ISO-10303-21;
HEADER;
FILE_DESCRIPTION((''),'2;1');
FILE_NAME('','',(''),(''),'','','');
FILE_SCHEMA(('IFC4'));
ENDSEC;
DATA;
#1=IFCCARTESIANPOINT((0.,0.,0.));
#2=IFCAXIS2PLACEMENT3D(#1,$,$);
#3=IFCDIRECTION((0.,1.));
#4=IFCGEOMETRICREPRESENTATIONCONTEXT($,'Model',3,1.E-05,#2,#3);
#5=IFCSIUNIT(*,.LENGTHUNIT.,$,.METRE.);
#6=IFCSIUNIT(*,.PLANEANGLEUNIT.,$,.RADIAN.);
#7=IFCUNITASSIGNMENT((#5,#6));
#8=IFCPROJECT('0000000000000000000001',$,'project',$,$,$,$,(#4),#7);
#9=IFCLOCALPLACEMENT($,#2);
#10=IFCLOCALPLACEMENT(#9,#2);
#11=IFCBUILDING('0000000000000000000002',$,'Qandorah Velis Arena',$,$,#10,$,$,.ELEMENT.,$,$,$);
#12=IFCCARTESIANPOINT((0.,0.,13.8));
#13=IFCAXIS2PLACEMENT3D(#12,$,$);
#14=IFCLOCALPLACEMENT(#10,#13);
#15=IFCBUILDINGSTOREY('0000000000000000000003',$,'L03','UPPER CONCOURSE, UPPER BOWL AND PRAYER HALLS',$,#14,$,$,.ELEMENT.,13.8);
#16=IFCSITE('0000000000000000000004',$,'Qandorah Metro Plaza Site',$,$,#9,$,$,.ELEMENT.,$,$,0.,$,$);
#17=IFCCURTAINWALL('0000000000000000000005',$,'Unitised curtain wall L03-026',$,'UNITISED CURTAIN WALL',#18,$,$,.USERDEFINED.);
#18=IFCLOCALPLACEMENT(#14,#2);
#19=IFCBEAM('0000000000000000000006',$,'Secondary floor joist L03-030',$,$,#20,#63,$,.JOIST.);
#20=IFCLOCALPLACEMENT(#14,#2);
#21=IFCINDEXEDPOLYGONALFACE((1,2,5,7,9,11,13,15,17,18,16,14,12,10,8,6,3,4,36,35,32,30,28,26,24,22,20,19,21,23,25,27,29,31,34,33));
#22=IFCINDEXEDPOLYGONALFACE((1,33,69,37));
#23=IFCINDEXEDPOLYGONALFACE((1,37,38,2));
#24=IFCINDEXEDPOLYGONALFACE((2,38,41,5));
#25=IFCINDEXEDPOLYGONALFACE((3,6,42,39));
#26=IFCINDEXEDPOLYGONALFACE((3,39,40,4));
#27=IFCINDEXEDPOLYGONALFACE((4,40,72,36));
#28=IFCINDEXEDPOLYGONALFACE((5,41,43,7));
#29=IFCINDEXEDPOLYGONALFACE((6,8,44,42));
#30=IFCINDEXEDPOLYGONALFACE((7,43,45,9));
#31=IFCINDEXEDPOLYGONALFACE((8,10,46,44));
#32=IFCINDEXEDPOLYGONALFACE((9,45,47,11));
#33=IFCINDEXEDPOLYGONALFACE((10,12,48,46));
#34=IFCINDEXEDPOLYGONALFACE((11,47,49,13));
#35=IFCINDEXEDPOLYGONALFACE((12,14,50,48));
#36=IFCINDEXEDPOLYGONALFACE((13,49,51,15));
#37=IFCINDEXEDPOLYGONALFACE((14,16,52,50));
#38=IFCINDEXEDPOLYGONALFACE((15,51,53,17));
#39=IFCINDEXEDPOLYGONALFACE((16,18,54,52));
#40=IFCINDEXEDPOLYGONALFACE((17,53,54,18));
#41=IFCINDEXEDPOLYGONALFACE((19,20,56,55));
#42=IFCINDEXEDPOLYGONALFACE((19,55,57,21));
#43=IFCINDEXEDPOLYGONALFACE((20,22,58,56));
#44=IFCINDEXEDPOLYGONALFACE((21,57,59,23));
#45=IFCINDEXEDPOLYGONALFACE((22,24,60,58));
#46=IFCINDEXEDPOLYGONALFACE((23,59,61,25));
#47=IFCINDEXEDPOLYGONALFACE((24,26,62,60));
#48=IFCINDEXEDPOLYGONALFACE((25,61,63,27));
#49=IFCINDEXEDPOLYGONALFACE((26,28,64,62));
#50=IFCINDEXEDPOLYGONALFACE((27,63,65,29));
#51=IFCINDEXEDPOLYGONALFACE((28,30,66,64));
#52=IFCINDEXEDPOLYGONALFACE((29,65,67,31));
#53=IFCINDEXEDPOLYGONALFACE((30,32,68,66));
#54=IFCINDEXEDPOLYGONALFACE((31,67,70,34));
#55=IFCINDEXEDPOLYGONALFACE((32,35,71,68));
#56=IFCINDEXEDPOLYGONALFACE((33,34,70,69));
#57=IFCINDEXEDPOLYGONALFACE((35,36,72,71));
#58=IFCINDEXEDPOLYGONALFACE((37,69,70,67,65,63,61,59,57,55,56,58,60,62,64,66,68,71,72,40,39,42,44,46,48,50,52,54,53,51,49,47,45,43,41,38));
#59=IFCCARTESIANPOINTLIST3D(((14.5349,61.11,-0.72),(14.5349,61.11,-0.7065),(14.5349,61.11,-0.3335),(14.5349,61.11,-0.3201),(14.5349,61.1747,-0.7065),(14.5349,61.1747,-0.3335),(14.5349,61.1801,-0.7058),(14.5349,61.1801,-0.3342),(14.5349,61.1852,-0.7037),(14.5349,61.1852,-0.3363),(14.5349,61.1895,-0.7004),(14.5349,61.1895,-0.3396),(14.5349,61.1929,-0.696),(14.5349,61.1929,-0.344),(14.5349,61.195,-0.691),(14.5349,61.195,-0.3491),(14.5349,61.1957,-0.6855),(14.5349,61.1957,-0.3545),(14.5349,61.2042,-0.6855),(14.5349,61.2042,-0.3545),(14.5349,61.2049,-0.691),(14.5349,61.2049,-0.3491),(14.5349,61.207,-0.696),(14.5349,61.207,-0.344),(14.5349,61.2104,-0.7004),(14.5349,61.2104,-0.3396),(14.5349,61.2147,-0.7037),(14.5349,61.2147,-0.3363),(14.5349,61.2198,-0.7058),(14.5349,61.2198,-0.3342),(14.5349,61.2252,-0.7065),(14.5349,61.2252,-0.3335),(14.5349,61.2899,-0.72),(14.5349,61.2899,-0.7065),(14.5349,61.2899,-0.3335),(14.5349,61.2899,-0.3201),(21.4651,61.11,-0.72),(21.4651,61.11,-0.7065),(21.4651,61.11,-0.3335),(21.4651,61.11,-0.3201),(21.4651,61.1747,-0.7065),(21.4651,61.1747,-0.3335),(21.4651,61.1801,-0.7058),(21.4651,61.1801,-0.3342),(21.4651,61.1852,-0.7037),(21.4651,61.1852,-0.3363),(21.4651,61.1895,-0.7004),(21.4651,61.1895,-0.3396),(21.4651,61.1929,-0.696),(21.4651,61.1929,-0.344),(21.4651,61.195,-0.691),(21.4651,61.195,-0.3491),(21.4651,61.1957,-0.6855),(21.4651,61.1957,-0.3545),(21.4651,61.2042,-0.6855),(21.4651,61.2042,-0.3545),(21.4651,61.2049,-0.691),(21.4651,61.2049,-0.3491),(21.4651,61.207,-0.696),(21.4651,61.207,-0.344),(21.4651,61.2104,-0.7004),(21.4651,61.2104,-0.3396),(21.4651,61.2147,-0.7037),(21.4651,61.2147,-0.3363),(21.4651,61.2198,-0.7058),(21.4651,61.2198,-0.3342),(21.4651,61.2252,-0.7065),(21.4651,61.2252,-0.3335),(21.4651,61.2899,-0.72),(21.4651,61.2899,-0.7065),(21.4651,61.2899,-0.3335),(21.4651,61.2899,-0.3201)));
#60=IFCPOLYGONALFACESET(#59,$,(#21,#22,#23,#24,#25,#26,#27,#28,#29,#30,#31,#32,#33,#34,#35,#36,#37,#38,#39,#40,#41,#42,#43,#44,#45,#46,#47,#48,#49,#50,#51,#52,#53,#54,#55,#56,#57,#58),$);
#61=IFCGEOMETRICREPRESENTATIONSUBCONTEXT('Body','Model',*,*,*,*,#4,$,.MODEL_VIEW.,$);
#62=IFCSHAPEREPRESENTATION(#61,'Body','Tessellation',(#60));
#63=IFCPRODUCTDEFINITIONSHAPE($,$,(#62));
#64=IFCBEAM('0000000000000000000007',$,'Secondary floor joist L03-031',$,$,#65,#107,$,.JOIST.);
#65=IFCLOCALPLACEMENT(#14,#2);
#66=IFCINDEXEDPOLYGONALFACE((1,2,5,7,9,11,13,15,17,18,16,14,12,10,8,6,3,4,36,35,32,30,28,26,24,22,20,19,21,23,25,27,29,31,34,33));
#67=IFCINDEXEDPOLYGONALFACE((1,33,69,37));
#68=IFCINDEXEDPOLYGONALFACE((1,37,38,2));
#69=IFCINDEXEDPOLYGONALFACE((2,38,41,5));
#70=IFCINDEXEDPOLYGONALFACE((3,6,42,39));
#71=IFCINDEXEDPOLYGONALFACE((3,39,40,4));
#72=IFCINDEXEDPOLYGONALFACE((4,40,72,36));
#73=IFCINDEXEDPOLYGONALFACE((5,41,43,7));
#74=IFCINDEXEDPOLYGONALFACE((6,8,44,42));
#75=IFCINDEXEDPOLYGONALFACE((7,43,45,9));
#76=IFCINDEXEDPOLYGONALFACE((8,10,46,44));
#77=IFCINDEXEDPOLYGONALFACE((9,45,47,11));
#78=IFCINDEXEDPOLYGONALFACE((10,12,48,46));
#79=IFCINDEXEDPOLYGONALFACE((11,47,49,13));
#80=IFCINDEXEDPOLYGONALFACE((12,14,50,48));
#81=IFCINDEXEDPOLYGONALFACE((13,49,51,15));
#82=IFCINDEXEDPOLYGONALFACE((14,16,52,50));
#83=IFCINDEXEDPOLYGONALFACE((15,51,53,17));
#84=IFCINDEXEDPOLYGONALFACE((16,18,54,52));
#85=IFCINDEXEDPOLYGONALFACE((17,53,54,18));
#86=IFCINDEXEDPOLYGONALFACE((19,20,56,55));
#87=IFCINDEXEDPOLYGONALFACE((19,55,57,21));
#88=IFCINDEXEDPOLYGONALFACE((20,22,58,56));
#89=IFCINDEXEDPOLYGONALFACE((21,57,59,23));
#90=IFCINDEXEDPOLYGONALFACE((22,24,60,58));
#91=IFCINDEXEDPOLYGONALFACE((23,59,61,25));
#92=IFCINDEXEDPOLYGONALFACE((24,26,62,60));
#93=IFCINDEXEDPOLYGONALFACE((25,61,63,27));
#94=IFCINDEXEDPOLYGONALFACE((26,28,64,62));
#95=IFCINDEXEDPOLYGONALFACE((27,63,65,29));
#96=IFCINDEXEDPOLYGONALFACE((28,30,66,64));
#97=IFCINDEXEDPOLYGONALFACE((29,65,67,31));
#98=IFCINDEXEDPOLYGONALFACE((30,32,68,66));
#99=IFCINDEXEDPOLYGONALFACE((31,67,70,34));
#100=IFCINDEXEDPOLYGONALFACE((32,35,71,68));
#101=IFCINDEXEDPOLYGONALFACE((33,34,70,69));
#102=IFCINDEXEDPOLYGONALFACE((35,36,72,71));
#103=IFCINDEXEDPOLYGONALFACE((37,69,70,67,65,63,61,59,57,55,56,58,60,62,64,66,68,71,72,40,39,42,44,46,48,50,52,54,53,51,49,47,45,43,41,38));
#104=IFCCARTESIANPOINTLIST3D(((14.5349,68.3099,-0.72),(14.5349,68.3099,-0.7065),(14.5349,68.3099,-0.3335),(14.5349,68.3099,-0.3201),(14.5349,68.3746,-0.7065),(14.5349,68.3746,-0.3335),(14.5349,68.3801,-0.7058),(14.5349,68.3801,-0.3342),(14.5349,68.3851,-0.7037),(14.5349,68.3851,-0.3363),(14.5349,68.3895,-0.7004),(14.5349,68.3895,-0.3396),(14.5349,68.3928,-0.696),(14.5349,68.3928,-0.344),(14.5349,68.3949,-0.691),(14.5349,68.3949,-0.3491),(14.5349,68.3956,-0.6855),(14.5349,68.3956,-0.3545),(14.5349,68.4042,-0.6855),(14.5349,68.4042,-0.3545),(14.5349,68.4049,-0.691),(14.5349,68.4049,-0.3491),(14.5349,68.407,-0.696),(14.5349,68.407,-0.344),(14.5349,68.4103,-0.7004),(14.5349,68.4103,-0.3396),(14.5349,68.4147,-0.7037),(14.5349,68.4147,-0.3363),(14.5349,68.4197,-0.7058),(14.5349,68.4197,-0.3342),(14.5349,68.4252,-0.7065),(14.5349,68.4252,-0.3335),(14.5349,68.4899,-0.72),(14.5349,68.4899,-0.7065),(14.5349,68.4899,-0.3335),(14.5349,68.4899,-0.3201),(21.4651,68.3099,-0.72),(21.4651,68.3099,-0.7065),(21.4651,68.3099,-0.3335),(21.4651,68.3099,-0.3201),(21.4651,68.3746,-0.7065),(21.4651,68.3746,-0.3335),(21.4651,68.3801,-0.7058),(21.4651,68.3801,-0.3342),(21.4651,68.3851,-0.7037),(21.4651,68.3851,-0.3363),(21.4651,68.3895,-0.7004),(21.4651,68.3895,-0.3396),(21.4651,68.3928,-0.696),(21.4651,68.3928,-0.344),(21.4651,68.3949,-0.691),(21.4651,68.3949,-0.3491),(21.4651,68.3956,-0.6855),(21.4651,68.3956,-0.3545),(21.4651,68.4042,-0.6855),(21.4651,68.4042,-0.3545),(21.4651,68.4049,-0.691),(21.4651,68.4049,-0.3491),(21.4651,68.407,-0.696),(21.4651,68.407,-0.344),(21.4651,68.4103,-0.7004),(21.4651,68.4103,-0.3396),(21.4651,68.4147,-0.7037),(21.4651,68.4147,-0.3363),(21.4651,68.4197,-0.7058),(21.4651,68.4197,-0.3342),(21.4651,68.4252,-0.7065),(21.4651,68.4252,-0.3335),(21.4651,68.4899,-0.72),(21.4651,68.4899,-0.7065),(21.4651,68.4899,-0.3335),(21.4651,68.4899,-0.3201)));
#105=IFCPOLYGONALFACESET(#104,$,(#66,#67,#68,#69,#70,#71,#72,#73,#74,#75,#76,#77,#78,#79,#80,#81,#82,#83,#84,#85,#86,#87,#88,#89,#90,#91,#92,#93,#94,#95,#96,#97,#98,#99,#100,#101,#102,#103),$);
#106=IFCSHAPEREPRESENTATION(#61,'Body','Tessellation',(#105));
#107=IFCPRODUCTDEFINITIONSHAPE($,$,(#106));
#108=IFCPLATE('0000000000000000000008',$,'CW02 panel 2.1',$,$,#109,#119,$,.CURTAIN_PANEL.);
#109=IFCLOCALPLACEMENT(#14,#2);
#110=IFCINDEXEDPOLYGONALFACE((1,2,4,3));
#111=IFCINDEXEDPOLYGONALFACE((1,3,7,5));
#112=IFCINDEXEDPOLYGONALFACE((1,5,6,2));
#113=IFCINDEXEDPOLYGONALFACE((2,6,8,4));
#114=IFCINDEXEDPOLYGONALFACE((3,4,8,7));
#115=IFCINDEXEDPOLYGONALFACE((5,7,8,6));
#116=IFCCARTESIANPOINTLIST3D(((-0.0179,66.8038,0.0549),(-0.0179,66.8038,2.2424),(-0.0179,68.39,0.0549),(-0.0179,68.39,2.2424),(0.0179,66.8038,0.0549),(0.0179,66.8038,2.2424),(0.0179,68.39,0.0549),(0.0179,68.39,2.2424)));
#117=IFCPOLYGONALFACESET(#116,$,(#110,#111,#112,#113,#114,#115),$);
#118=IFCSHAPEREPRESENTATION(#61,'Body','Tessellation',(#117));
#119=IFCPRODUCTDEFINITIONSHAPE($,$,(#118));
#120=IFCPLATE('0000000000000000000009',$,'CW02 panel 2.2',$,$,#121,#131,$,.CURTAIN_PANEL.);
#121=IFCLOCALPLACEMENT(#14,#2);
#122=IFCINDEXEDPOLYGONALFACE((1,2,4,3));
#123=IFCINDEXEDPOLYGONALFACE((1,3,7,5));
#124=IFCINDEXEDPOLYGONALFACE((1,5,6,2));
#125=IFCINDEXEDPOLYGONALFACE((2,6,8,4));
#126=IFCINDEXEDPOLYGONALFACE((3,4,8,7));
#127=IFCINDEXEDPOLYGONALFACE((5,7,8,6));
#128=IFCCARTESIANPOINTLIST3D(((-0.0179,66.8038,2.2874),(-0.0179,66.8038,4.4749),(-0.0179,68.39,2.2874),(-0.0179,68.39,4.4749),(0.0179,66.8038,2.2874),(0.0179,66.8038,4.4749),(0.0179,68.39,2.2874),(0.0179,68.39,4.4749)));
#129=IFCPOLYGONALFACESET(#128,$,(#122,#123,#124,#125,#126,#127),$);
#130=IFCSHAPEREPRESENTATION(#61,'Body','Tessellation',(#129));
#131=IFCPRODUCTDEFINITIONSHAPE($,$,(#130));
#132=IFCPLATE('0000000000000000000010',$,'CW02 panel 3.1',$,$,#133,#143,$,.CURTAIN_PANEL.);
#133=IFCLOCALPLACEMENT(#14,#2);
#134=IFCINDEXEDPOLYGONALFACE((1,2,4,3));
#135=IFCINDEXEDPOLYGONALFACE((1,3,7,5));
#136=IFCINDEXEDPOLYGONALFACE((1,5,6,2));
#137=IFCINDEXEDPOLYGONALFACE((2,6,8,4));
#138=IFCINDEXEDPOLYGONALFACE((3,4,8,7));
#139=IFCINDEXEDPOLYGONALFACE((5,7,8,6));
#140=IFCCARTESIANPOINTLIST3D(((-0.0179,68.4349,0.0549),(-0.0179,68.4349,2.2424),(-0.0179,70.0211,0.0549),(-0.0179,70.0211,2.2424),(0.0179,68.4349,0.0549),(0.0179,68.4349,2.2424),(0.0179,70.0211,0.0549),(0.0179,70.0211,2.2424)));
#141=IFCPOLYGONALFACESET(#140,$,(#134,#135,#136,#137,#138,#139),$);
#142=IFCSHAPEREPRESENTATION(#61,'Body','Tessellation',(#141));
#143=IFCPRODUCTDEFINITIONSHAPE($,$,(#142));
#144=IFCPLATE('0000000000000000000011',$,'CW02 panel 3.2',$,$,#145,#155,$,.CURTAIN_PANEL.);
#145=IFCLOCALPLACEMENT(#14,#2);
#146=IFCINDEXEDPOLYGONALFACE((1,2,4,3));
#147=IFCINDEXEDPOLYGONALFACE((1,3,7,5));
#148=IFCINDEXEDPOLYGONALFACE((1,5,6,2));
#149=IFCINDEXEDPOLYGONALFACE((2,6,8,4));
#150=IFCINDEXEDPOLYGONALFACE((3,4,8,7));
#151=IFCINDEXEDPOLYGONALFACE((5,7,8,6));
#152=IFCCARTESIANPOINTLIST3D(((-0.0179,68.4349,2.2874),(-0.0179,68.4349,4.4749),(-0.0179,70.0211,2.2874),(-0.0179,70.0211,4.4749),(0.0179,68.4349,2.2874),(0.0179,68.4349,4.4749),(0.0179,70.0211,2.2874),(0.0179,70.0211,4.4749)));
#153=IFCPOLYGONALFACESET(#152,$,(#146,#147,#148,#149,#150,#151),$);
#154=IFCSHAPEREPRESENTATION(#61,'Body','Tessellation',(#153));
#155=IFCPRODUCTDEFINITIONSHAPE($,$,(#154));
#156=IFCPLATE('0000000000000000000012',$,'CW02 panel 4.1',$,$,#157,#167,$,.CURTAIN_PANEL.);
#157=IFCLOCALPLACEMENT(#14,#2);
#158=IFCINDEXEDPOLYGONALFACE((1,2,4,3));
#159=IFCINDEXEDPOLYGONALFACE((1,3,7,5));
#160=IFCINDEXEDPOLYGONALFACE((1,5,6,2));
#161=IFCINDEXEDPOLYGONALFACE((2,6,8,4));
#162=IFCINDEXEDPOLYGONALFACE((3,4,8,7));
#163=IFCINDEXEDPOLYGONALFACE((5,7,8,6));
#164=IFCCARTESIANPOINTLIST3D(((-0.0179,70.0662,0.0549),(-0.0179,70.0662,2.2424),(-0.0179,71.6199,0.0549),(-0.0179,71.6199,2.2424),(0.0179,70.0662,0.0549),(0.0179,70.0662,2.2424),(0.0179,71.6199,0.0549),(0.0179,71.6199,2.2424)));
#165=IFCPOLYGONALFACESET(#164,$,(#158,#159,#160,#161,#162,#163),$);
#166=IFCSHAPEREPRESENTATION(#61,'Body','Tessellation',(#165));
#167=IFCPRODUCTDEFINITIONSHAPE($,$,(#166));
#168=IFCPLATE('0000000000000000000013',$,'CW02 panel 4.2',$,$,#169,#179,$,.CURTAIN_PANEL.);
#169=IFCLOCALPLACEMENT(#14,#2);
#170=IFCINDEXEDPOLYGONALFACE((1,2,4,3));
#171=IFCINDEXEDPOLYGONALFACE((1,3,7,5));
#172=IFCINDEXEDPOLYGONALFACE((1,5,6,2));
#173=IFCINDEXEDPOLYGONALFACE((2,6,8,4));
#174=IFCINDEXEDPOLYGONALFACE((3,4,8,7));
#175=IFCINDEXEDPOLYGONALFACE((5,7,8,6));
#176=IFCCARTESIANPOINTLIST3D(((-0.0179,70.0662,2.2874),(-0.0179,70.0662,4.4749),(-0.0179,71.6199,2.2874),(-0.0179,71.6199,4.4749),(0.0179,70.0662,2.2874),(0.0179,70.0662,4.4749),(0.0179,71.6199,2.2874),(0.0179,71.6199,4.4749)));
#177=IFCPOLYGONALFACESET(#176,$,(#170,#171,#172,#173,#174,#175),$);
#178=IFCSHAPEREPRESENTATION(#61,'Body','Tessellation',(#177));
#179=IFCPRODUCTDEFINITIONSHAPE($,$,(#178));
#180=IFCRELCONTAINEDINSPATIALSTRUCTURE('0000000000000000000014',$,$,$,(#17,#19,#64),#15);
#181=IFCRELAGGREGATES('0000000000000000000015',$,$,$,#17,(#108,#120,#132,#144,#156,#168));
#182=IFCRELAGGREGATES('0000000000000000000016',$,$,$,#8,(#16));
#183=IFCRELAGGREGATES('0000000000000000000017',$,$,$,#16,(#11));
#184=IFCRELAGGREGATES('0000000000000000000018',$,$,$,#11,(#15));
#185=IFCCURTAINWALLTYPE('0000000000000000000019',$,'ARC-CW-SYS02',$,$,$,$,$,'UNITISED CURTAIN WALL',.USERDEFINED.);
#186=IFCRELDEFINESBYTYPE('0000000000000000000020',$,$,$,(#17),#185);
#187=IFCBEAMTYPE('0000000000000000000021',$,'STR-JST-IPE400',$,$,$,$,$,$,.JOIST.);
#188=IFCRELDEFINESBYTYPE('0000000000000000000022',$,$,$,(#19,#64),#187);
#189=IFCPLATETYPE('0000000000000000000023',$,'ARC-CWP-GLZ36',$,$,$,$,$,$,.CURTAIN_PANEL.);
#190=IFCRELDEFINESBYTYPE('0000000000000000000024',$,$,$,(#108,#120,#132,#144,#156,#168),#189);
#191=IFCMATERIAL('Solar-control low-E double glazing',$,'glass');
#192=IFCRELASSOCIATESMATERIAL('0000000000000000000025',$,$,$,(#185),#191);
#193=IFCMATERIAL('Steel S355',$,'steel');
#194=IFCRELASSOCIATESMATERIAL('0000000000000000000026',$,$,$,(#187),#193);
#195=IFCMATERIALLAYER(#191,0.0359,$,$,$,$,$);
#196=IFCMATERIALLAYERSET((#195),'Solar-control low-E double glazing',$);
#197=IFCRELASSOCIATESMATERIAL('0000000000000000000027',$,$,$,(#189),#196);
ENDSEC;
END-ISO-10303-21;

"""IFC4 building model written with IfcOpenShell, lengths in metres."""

from ifc_helpers import new_model, si_unit, direction, frame, origin, origin_2d, place, context, subcontext, project, spatial, rectangle, i_section, extrude, material, layer, layer_set, material_profile, profile_set, type_object, element, aggregate, save


model = new_model("IFC4")

# Units and contexts
model_context = context("Model", 3, precision=1e-05, world=origin(), true_north=direction((0.0, 1.0)))
body_context = subcontext(model_context, "Body", "Model", "MODEL_VIEW")
ifc_project = project(units=[si_unit("LENGTHUNIT", "METRE"), si_unit("PLANEANGLEUNIT", "RADIAN")], contexts=[model_context])

# Site, building, storey
site_placement = place(None, origin())
site = spatial("IfcSite", under=ifc_project, at=site_placement, Name="Qandorah Metro Plaza Site", CompositionType="ELEMENT", RefElevation=0.0)
building_placement = place(site_placement, origin())
building = spatial("IfcBuilding", under=site, at=building_placement, Name="Qandorah Velis Arena", CompositionType="ELEMENT")
storey_placement = place(building_placement, frame((0.0, 0.0, 13.8)))
storey = spatial("IfcBuildingStorey", under=building, at=storey_placement, Name="L03", Description="UPPER CONCOURSE, UPPER BOWL AND PRAYER HALLS", CompositionType="ELEMENT", Elevation=13.8)

# Curtain wall
ifc_material_1 = material(Name="Solar-control low-E double glazing", Category="glass")
curtain_wall_type = type_object("IfcCurtainWallType", Name="ARC-CW-SYS02", ElementType="UNITISED CURTAIN WALL", PredefinedType="USERDEFINED", material=ifc_material_1)
curtain_wall_placement = place(storey_placement, origin())
curtain_wall = element("IfcCurtainWall", 1, at=curtain_wall_placement, inside=storey, type_object=curtain_wall_type, Name="Unitised curtain wall L03-026", ObjectType="UNITISED CURTAIN WALL", PredefinedType="USERDEFINED")

# Beams
ifc_material_2 = material(Name="Steel S355", Category="steel")
ifc_material_profile_1 = material_profile(ifc_material_2, i_section(OverallWidth=0.1799, OverallDepth=0.3999, WebThickness=0.0085, FlangeThickness=0.0134, FilletRadius=0.021, at=origin_2d()), Name="IPE 400")
ifc_profile_set_1 = profile_set([ifc_material_profile_1], Name="Steel S355")
beam_type_1 = type_object("IfcBeamType", Name="STR-JST-IPE400", PredefinedType="JOIST", material=ifc_profile_set_1)
for number, where, z_axis, x_axis, name in (
    (2, (14.5349, 61.2, -0.52), (1.0, 0.0, 0.0), (0.0, 1.0, 0.0), "Secondary floor joist L03-030"),
    (3, (14.5349, 68.3999, -0.52), (1.0, 0.0, 0.0), (0.0, 1.0, 0.0), "Secondary floor joist L03-031"),
):
    element("IfcBeam", number, at=place(storey_placement, frame(where, z_axis=z_axis, x_axis=x_axis)), inside=storey, type_object=beam_type_1, Name=name, PredefinedType="JOIST", context=body_context, shape_type="SweptSolid", body=[
        extrude(i_section(OverallWidth=0.1799, OverallDepth=0.3999, WebThickness=0.0085, FlangeThickness=0.0134, FilletRadius=0.021, at=origin_2d()), origin(), (0.0, 0.0, 1.0), 6.9302),
    ])

# Plates
ifc_layer = layer(ifc_material_1, 0.0359)
ifc_layer_set = layer_set([ifc_layer], Name="Solar-control low-E double glazing")
plate_type = type_object("IfcPlateType", Name="ARC-CWP-GLZ36", PredefinedType="CURTAIN_PANEL", material=ifc_layer_set)
plate_1_placement = place(storey_placement, frame((0.0, 67.5969, 0.0549), z_axis=(0.0, 0.0, 1.0), x_axis=(0.0, 1.0, 0.0)))
plate_1 = element("IfcPlate", 4, at=plate_1_placement, type_object=plate_type, Name="CW02 panel 2.1", PredefinedType="CURTAIN_PANEL", context=body_context, shape_type="SweptSolid", body=[
    extrude(rectangle(XDim=1.5862, YDim=0.0359, at=origin_2d()), origin(), (0.0, 0.0, 1.0), 2.1875),
])
plate_2_placement = place(storey_placement, frame((0.0, 67.5969, 2.2874), z_axis=(0.0, 0.0, 1.0), x_axis=(0.0, 1.0, 0.0)))
plate_2 = element("IfcPlate", 5, at=plate_2_placement, type_object=plate_type, Name="CW02 panel 2.2", PredefinedType="CURTAIN_PANEL", context=body_context, shape_type="SweptSolid", body=[
    extrude(rectangle(XDim=1.5862, YDim=0.0359, at=origin_2d()), origin(), (0.0, 0.0, 1.0), 2.1875),
])
plate_3_placement = place(storey_placement, frame((0.0, 69.228, 0.0549), z_axis=(0.0, 0.0, 1.0), x_axis=(0.0, 1.0, 0.0)))
plate_3 = element("IfcPlate", 6, at=plate_3_placement, type_object=plate_type, Name="CW02 panel 3.1", PredefinedType="CURTAIN_PANEL", context=body_context, shape_type="SweptSolid", body=[
    extrude(rectangle(XDim=1.5862, YDim=0.0359, at=origin_2d()), origin(), (0.0, 0.0, 1.0), 2.1875),
])
plate_4_placement = place(storey_placement, frame((0.0, 69.228, 2.2874), z_axis=(0.0, 0.0, 1.0), x_axis=(0.0, 1.0, 0.0)))
plate_4 = element("IfcPlate", 7, at=plate_4_placement, type_object=plate_type, Name="CW02 panel 3.2", PredefinedType="CURTAIN_PANEL", context=body_context, shape_type="SweptSolid", body=[
    extrude(rectangle(XDim=1.5862, YDim=0.0359, at=origin_2d()), origin(), (0.0, 0.0, 1.0), 2.1875),
])
plate_5_placement = place(storey_placement, frame((0.0, 70.843, 0.0549), z_axis=(0.0, 0.0, 1.0), x_axis=(0.0, 1.0, 0.0)))
plate_5 = element("IfcPlate", 8, at=plate_5_placement, type_object=plate_type, Name="CW02 panel 4.1", PredefinedType="CURTAIN_PANEL", context=body_context, shape_type="SweptSolid", body=[
    extrude(rectangle(XDim=1.5537, YDim=0.0359, at=origin_2d()), origin(), (0.0, 0.0, 1.0), 2.1875),
])
plate_6_placement = place(storey_placement, frame((0.0, 70.843, 2.2874), z_axis=(0.0, 0.0, 1.0), x_axis=(0.0, 1.0, 0.0)))
plate_6 = element("IfcPlate", 9, at=plate_6_placement, type_object=plate_type, Name="CW02 panel 4.2", PredefinedType="CURTAIN_PANEL", context=body_context, shape_type="SweptSolid", body=[
    extrude(rectangle(XDim=1.5537, YDim=0.0359, at=origin_2d()), origin(), (0.0, 0.0, 1.0), 2.1875),
])
aggregate(curtain_wall, [plate_1, plate_2, plate_3, plate_4, plate_5, plate_6])

save(model, "model.ifc")
